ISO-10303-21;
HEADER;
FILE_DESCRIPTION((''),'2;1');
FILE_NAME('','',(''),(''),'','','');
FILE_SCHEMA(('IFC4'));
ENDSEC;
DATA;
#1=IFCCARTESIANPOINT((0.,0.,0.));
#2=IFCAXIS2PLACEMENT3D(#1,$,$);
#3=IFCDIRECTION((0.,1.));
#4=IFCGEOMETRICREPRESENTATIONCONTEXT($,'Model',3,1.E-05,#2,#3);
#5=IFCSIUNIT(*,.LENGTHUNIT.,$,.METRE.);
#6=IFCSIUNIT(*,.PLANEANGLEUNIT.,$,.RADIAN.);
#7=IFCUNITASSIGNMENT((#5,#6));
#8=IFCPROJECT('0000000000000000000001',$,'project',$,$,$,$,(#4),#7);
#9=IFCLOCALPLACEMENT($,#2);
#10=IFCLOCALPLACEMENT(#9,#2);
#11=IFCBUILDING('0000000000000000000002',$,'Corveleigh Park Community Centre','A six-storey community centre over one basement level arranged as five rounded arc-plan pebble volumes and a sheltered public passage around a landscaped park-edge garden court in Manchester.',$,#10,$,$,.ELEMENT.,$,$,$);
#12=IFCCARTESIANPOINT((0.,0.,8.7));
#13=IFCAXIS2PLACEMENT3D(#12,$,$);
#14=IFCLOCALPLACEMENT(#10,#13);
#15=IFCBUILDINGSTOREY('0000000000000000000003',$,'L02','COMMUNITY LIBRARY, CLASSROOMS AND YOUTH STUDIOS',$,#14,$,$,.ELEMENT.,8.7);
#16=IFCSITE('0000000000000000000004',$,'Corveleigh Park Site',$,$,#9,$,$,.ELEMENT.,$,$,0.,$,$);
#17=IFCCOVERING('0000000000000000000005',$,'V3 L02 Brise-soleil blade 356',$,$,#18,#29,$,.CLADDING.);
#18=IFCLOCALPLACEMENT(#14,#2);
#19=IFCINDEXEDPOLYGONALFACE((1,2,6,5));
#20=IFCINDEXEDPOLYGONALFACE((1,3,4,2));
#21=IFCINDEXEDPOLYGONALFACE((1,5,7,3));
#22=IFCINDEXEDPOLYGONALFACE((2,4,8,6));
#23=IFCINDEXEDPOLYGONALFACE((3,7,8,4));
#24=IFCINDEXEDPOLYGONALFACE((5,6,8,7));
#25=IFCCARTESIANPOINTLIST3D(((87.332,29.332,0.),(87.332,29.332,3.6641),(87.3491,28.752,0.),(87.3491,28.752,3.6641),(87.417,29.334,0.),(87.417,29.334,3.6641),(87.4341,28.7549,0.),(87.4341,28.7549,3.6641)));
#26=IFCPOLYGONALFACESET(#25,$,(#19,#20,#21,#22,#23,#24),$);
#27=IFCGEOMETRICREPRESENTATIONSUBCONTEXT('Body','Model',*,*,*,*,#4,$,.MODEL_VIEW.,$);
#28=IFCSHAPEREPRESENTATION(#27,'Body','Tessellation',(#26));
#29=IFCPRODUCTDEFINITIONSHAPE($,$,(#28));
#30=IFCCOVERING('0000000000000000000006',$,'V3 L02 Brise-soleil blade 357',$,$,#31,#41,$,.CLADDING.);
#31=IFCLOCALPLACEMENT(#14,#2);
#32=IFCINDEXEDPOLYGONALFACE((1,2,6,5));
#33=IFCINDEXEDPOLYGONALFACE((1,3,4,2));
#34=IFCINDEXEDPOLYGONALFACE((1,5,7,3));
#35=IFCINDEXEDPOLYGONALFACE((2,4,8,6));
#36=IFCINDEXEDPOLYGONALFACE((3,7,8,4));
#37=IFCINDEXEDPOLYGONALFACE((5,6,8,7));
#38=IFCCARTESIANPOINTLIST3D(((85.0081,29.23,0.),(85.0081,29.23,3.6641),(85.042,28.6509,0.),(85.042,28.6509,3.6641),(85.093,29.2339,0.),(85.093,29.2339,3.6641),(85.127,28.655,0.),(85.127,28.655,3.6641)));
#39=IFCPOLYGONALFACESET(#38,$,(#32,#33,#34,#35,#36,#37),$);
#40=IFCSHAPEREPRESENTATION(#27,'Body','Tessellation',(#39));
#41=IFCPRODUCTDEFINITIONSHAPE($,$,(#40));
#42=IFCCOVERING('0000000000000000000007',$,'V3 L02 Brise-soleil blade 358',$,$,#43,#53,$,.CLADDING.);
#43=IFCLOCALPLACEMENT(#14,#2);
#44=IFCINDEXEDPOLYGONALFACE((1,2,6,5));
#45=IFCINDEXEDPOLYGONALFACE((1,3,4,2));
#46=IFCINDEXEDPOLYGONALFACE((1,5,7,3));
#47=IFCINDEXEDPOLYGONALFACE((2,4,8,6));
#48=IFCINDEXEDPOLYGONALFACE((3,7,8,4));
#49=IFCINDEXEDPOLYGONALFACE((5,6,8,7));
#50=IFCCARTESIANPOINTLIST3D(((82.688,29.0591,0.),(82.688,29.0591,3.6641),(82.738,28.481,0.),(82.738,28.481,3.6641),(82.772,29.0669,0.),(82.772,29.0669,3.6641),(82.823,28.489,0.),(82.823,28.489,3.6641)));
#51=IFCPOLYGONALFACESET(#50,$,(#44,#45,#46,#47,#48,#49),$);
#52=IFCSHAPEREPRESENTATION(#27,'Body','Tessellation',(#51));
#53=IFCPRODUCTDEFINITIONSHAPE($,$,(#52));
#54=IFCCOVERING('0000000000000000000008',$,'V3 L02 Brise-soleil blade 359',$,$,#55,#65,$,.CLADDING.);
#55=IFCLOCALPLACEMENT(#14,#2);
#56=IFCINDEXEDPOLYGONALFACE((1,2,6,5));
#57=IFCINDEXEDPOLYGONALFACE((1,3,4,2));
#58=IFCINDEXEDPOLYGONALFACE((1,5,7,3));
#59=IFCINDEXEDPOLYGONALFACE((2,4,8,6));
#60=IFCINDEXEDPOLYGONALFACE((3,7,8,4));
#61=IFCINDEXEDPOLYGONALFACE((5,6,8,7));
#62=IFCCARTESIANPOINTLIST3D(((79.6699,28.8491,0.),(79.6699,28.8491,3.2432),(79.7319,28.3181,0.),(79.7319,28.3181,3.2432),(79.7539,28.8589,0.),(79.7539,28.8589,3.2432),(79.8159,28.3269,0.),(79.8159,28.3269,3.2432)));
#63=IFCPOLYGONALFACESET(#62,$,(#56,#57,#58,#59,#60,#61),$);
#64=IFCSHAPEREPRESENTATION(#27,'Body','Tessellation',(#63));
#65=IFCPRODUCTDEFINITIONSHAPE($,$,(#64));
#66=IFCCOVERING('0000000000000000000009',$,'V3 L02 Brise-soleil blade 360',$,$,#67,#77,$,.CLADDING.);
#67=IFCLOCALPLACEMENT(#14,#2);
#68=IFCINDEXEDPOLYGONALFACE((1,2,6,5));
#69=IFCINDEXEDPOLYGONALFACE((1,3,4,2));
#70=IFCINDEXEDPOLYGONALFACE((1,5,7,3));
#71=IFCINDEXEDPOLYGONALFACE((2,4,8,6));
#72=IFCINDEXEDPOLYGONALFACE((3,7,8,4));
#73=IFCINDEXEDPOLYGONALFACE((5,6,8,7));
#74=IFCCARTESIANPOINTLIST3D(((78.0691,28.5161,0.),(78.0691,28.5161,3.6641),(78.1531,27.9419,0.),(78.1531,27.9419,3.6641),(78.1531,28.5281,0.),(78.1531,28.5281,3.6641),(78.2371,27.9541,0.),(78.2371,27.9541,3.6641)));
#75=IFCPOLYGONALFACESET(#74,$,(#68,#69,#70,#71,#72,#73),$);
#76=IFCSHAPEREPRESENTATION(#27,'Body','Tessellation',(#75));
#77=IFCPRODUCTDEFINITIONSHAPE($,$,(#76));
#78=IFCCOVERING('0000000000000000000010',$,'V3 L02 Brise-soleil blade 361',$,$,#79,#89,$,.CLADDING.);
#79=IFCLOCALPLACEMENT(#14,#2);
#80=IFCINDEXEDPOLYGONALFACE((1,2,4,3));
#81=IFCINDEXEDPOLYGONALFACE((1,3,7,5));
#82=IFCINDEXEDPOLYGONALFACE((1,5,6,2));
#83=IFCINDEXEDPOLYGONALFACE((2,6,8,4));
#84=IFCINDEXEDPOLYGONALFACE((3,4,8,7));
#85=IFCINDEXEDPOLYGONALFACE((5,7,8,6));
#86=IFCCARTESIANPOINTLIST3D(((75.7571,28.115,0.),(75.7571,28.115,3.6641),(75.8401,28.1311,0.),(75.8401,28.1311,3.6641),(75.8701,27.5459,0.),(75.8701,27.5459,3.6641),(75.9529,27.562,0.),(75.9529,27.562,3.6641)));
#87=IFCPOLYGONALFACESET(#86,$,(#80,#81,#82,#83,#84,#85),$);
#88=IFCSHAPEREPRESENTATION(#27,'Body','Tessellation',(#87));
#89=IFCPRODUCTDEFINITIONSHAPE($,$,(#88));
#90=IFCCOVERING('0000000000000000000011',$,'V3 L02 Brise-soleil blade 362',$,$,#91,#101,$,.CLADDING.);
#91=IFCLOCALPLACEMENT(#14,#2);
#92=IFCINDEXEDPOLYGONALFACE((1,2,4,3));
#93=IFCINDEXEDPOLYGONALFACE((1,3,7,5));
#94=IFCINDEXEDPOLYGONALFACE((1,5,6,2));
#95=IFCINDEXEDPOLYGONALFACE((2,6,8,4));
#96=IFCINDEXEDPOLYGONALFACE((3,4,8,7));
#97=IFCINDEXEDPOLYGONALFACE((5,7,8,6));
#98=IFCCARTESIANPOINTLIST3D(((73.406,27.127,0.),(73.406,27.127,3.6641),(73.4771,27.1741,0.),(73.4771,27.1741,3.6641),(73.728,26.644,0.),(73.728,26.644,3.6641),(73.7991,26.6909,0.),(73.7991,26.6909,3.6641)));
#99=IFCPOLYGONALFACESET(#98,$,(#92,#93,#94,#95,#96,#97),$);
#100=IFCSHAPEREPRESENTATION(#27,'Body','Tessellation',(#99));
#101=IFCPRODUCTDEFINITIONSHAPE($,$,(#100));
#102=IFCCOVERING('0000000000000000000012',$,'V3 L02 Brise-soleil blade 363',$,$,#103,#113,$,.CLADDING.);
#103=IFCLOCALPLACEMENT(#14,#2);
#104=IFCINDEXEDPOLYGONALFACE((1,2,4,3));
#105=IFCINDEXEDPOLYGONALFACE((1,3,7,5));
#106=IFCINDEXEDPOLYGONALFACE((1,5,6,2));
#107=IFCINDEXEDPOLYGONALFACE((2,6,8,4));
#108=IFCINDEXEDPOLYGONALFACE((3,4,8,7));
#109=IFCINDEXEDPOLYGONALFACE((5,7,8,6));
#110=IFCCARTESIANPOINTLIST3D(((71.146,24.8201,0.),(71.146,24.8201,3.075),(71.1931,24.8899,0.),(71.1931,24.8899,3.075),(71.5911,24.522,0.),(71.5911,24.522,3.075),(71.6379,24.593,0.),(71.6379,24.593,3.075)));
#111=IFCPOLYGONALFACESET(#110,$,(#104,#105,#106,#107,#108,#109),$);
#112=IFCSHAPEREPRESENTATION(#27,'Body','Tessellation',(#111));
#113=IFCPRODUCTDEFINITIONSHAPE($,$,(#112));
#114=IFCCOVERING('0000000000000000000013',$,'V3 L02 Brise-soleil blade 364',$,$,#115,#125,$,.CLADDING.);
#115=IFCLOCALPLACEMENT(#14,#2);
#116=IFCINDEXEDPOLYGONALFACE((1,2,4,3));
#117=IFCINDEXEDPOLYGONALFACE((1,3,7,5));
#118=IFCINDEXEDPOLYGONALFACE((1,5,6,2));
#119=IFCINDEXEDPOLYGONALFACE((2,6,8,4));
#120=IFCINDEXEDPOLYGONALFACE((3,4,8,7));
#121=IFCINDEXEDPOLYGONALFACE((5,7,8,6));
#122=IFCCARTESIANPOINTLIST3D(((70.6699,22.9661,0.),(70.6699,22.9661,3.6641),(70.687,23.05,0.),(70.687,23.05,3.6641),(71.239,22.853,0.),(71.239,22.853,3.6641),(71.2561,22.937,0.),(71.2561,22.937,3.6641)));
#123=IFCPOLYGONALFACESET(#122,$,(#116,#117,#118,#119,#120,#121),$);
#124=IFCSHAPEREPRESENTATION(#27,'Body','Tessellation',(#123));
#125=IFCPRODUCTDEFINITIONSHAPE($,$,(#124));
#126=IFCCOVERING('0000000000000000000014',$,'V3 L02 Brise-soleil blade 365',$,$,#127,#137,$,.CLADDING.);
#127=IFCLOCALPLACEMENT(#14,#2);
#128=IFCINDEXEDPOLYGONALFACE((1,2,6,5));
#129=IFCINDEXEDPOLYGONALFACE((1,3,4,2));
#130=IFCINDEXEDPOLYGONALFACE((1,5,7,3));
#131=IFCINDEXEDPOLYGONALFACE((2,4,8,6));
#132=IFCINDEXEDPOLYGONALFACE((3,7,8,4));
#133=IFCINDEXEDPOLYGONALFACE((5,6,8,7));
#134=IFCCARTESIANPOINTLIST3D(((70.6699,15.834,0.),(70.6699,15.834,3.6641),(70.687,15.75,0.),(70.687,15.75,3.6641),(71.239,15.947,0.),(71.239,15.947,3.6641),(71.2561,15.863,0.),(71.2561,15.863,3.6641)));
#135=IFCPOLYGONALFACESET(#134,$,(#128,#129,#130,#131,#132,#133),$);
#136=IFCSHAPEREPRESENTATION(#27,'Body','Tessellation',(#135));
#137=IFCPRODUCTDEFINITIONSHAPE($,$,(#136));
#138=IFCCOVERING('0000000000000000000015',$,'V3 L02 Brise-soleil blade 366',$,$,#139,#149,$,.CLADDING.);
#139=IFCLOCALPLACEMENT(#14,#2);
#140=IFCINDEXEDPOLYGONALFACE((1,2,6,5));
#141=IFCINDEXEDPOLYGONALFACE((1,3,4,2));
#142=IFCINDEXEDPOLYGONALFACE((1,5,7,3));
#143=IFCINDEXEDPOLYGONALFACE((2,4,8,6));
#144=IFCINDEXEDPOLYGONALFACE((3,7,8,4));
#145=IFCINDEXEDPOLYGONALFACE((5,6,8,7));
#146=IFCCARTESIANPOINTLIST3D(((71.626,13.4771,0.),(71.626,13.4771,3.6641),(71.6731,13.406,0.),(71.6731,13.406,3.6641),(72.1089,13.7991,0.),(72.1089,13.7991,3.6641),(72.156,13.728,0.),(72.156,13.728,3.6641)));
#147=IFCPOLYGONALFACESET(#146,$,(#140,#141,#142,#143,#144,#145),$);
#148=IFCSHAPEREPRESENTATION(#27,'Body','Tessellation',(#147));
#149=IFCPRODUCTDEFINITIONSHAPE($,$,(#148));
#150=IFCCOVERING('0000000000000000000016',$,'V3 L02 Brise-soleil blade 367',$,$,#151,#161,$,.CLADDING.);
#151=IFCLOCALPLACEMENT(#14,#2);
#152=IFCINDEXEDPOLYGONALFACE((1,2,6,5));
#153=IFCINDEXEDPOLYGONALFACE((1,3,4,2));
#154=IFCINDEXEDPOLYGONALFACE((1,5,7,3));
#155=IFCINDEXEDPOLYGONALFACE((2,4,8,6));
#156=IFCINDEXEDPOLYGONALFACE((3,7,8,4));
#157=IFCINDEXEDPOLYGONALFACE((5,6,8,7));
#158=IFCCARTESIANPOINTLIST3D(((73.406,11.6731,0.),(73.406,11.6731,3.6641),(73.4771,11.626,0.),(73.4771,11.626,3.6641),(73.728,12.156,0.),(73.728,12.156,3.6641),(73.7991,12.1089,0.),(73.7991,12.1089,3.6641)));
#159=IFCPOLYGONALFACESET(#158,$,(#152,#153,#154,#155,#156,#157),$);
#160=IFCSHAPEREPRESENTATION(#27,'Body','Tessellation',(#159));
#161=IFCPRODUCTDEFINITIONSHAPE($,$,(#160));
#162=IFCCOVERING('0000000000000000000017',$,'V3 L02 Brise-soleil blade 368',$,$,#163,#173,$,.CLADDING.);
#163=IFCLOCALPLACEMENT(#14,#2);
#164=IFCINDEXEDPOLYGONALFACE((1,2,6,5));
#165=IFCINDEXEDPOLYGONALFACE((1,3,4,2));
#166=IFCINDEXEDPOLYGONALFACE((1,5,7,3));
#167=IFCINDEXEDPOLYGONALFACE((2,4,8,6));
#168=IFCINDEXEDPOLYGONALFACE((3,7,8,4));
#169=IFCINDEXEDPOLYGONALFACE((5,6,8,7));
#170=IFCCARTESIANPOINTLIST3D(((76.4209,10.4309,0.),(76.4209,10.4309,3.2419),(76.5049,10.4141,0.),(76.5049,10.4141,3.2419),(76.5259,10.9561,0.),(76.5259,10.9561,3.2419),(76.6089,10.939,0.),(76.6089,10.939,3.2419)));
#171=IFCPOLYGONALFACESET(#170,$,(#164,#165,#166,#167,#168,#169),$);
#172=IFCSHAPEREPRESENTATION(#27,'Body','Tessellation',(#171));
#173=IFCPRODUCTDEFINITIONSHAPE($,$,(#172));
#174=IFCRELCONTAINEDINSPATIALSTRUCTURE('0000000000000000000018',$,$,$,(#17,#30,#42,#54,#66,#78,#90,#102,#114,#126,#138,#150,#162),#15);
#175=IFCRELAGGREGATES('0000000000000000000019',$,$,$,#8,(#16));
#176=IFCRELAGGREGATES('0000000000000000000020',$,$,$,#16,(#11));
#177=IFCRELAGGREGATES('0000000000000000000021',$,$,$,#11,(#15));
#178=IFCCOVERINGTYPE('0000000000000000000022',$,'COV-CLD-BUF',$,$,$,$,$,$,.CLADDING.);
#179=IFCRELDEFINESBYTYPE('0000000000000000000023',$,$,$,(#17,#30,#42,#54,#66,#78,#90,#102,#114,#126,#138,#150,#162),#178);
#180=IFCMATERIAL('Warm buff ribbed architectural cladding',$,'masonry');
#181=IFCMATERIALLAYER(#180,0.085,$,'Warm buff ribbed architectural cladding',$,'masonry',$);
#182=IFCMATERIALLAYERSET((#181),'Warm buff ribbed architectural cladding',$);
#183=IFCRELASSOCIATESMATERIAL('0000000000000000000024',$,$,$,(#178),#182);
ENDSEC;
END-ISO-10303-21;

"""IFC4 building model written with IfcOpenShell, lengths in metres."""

from ifc_helpers import new_model, si_unit, direction, frame, origin, place, context, subcontext, project, spatial, polyline, outline, extrude, material, layer, layer_set, type_object, element, save


model = new_model("IFC4")

# Units and contexts
model_context = context("Model", 3, precision=1e-05, world=origin(), true_north=direction((0.0, 1.0)))
body_context = subcontext(model_context, "Body", "Model", "MODEL_VIEW")
ifc_project = project(units=[si_unit("LENGTHUNIT", "METRE"), si_unit("PLANEANGLEUNIT", "RADIAN")], contexts=[model_context])

# Site, building, storey
site_placement = place(None, origin())
site = spatial("IfcSite", under=ifc_project, at=site_placement, Name="Corveleigh Park Site", CompositionType="ELEMENT", RefElevation=0.0)
building_placement = place(site_placement, origin())
building = spatial("IfcBuilding", under=site, at=building_placement, Name="Corveleigh Park Community Centre", Description="A six-storey community centre over one basement level arranged as five rounded arc-plan pebble volumes and a sheltered public passage around a landscaped park-edge garden court in Manchester.", CompositionType="ELEMENT")
storey_placement = place(building_placement, frame((0.0, 0.0, 8.7)))
storey = spatial("IfcBuildingStorey", under=building, at=storey_placement, Name="L02", Description="COMMUNITY LIBRARY, CLASSROOMS AND YOUTH STUDIOS", CompositionType="ELEMENT", Elevation=8.7)

# Coverings
ifc_material = material(Name="Warm buff ribbed architectural cladding", Category="masonry")
ifc_layer = layer(ifc_material, 0.085, Name="Warm buff ribbed architectural cladding", Category="masonry")
ifc_layer_set = layer_set([ifc_layer], Name="Warm buff ribbed architectural cladding")
covering_type = type_object("IfcCoveringType", Name="COV-CLD-BUF", PredefinedType="CLADDING", material=ifc_layer_set)
covering_1_placement = place(storey_placement, origin())
element("IfcCovering", 1, at=covering_1_placement, inside=storey, type_object=covering_type, Name="V3 L02 Brise-soleil blade 356", PredefinedType="CLADDING", context=body_context, shape_type="SweptSolid", body=[
    extrude(outline(polyline([(87.3491, 28.752), (87.4341, 28.7549), (87.417, 29.334), (87.332, 29.332), (87.3491, 28.752)])), origin(), (0.0, 0.0, 1.0), 3.6641),
])
covering_2_placement = place(storey_placement, origin())
element("IfcCovering", 2, at=covering_2_placement, inside=storey, type_object=covering_type, Name="V3 L02 Brise-soleil blade 357", PredefinedType="CLADDING", context=body_context, shape_type="SweptSolid", body=[
    extrude(outline(polyline([(85.042, 28.6509), (85.127, 28.655), (85.093, 29.2339), (85.0081, 29.23), (85.042, 28.6509)])), origin(), (0.0, 0.0, 1.0), 3.6641),
])
covering_3_placement = place(storey_placement, origin())
element("IfcCovering", 3, at=covering_3_placement, inside=storey, type_object=covering_type, Name="V3 L02 Brise-soleil blade 358", PredefinedType="CLADDING", context=body_context, shape_type="SweptSolid", body=[
    extrude(outline(polyline([(82.738, 28.481), (82.823, 28.489), (82.772, 29.0669), (82.688, 29.0591), (82.738, 28.481)])), origin(), (0.0, 0.0, 1.0), 3.6641),
])
covering_4_placement = place(storey_placement, origin())
element("IfcCovering", 4, at=covering_4_placement, inside=storey, type_object=covering_type, Name="V3 L02 Brise-soleil blade 359", PredefinedType="CLADDING", context=body_context, shape_type="SweptSolid", body=[
    extrude(outline(polyline([(79.7319, 28.3181), (79.8159, 28.3269), (79.7539, 28.8589), (79.6699, 28.8491), (79.7319, 28.3181)])), origin(), (0.0, 0.0, 1.0), 3.2432),
])
covering_5_placement = place(storey_placement, origin())
element("IfcCovering", 5, at=covering_5_placement, inside=storey, type_object=covering_type, Name="V3 L02 Brise-soleil blade 360", PredefinedType="CLADDING", context=body_context, shape_type="SweptSolid", body=[
    extrude(outline(polyline([(78.1531, 27.9419), (78.2371, 27.9541), (78.1531, 28.5281), (78.0691, 28.5161), (78.1531, 27.9419)])), origin(), (0.0, 0.0, 1.0), 3.6641),
])
covering_6_placement = place(storey_placement, origin())
element("IfcCovering", 6, at=covering_6_placement, inside=storey, type_object=covering_type, Name="V3 L02 Brise-soleil blade 361", PredefinedType="CLADDING", context=body_context, shape_type="SweptSolid", body=[
    extrude(outline(polyline([(75.8701, 27.5459), (75.9529, 27.562), (75.8401, 28.1311), (75.7571, 28.115), (75.8701, 27.5459)])), origin(), (0.0, 0.0, 1.0), 3.6641),
])
covering_7_placement = place(storey_placement, origin())
element("IfcCovering", 7, at=covering_7_placement, inside=storey, type_object=covering_type, Name="V3 L02 Brise-soleil blade 362", PredefinedType="CLADDING", context=body_context, shape_type="SweptSolid", body=[
    extrude(outline(polyline([(73.728, 26.644), (73.7991, 26.6909), (73.4771, 27.1741), (73.406, 27.127), (73.728, 26.644)])), origin(), (0.0, 0.0, 1.0), 3.6641),
])
covering_8_placement = place(storey_placement, origin())
element("IfcCovering", 8, at=covering_8_placement, inside=storey, type_object=covering_type, Name="V3 L02 Brise-soleil blade 363", PredefinedType="CLADDING", context=body_context, shape_type="SweptSolid", body=[
    extrude(outline(polyline([(71.5911, 24.522), (71.6379, 24.593), (71.1931, 24.8899), (71.146, 24.8201), (71.5911, 24.522)])), origin(), (0.0, 0.0, 1.0), 3.075),
])
covering_9_placement = place(storey_placement, origin())
element("IfcCovering", 9, at=covering_9_placement, inside=storey, type_object=covering_type, Name="V3 L02 Brise-soleil blade 364", PredefinedType="CLADDING", context=body_context, shape_type="SweptSolid", body=[
    extrude(outline(polyline([(71.239, 22.853), (71.2561, 22.937), (70.687, 23.05), (70.6699, 22.9661), (71.239, 22.853)])), origin(), (0.0, 0.0, 1.0), 3.6641),
])
covering_10_placement = place(storey_placement, origin())
element("IfcCovering", 10, at=covering_10_placement, inside=storey, type_object=covering_type, Name="V3 L02 Brise-soleil blade 365", PredefinedType="CLADDING", context=body_context, shape_type="SweptSolid", body=[
    extrude(outline(polyline([(71.2561, 15.863), (71.239, 15.947), (70.6699, 15.834), (70.687, 15.75), (71.2561, 15.863)])), origin(), (0.0, 0.0, 1.0), 3.6641),
])
covering_11_placement = place(storey_placement, origin())
element("IfcCovering", 11, at=covering_11_placement, inside=storey, type_object=covering_type, Name="V3 L02 Brise-soleil blade 366", PredefinedType="CLADDING", context=body_context, shape_type="SweptSolid", body=[
    extrude(outline(polyline([(72.156, 13.728), (72.1089, 13.7991), (71.626, 13.4771), (71.6731, 13.406), (72.156, 13.728)])), origin(), (0.0, 0.0, 1.0), 3.6641),
])
covering_12_placement = place(storey_placement, origin())
element("IfcCovering", 12, at=covering_12_placement, inside=storey, type_object=covering_type, Name="V3 L02 Brise-soleil blade 367", PredefinedType="CLADDING", context=body_context, shape_type="SweptSolid", body=[
    extrude(outline(polyline([(73.7991, 12.1089), (73.728, 12.156), (73.406, 11.6731), (73.4771, 11.626), (73.7991, 12.1089)])), origin(), (0.0, 0.0, 1.0), 3.6641),
])
covering_13_placement = place(storey_placement, origin())
element("IfcCovering", 13, at=covering_13_placement, inside=storey, type_object=covering_type, Name="V3 L02 Brise-soleil blade 368", PredefinedType="CLADDING", context=body_context, shape_type="SweptSolid", body=[
    extrude(outline(polyline([(76.6089, 10.939), (76.5259, 10.9561), (76.4209, 10.4309), (76.5049, 10.4141), (76.6089, 10.939)])), origin(), (0.0, 0.0, 1.0), 3.2419),
])

save(model, "model.ifc")
